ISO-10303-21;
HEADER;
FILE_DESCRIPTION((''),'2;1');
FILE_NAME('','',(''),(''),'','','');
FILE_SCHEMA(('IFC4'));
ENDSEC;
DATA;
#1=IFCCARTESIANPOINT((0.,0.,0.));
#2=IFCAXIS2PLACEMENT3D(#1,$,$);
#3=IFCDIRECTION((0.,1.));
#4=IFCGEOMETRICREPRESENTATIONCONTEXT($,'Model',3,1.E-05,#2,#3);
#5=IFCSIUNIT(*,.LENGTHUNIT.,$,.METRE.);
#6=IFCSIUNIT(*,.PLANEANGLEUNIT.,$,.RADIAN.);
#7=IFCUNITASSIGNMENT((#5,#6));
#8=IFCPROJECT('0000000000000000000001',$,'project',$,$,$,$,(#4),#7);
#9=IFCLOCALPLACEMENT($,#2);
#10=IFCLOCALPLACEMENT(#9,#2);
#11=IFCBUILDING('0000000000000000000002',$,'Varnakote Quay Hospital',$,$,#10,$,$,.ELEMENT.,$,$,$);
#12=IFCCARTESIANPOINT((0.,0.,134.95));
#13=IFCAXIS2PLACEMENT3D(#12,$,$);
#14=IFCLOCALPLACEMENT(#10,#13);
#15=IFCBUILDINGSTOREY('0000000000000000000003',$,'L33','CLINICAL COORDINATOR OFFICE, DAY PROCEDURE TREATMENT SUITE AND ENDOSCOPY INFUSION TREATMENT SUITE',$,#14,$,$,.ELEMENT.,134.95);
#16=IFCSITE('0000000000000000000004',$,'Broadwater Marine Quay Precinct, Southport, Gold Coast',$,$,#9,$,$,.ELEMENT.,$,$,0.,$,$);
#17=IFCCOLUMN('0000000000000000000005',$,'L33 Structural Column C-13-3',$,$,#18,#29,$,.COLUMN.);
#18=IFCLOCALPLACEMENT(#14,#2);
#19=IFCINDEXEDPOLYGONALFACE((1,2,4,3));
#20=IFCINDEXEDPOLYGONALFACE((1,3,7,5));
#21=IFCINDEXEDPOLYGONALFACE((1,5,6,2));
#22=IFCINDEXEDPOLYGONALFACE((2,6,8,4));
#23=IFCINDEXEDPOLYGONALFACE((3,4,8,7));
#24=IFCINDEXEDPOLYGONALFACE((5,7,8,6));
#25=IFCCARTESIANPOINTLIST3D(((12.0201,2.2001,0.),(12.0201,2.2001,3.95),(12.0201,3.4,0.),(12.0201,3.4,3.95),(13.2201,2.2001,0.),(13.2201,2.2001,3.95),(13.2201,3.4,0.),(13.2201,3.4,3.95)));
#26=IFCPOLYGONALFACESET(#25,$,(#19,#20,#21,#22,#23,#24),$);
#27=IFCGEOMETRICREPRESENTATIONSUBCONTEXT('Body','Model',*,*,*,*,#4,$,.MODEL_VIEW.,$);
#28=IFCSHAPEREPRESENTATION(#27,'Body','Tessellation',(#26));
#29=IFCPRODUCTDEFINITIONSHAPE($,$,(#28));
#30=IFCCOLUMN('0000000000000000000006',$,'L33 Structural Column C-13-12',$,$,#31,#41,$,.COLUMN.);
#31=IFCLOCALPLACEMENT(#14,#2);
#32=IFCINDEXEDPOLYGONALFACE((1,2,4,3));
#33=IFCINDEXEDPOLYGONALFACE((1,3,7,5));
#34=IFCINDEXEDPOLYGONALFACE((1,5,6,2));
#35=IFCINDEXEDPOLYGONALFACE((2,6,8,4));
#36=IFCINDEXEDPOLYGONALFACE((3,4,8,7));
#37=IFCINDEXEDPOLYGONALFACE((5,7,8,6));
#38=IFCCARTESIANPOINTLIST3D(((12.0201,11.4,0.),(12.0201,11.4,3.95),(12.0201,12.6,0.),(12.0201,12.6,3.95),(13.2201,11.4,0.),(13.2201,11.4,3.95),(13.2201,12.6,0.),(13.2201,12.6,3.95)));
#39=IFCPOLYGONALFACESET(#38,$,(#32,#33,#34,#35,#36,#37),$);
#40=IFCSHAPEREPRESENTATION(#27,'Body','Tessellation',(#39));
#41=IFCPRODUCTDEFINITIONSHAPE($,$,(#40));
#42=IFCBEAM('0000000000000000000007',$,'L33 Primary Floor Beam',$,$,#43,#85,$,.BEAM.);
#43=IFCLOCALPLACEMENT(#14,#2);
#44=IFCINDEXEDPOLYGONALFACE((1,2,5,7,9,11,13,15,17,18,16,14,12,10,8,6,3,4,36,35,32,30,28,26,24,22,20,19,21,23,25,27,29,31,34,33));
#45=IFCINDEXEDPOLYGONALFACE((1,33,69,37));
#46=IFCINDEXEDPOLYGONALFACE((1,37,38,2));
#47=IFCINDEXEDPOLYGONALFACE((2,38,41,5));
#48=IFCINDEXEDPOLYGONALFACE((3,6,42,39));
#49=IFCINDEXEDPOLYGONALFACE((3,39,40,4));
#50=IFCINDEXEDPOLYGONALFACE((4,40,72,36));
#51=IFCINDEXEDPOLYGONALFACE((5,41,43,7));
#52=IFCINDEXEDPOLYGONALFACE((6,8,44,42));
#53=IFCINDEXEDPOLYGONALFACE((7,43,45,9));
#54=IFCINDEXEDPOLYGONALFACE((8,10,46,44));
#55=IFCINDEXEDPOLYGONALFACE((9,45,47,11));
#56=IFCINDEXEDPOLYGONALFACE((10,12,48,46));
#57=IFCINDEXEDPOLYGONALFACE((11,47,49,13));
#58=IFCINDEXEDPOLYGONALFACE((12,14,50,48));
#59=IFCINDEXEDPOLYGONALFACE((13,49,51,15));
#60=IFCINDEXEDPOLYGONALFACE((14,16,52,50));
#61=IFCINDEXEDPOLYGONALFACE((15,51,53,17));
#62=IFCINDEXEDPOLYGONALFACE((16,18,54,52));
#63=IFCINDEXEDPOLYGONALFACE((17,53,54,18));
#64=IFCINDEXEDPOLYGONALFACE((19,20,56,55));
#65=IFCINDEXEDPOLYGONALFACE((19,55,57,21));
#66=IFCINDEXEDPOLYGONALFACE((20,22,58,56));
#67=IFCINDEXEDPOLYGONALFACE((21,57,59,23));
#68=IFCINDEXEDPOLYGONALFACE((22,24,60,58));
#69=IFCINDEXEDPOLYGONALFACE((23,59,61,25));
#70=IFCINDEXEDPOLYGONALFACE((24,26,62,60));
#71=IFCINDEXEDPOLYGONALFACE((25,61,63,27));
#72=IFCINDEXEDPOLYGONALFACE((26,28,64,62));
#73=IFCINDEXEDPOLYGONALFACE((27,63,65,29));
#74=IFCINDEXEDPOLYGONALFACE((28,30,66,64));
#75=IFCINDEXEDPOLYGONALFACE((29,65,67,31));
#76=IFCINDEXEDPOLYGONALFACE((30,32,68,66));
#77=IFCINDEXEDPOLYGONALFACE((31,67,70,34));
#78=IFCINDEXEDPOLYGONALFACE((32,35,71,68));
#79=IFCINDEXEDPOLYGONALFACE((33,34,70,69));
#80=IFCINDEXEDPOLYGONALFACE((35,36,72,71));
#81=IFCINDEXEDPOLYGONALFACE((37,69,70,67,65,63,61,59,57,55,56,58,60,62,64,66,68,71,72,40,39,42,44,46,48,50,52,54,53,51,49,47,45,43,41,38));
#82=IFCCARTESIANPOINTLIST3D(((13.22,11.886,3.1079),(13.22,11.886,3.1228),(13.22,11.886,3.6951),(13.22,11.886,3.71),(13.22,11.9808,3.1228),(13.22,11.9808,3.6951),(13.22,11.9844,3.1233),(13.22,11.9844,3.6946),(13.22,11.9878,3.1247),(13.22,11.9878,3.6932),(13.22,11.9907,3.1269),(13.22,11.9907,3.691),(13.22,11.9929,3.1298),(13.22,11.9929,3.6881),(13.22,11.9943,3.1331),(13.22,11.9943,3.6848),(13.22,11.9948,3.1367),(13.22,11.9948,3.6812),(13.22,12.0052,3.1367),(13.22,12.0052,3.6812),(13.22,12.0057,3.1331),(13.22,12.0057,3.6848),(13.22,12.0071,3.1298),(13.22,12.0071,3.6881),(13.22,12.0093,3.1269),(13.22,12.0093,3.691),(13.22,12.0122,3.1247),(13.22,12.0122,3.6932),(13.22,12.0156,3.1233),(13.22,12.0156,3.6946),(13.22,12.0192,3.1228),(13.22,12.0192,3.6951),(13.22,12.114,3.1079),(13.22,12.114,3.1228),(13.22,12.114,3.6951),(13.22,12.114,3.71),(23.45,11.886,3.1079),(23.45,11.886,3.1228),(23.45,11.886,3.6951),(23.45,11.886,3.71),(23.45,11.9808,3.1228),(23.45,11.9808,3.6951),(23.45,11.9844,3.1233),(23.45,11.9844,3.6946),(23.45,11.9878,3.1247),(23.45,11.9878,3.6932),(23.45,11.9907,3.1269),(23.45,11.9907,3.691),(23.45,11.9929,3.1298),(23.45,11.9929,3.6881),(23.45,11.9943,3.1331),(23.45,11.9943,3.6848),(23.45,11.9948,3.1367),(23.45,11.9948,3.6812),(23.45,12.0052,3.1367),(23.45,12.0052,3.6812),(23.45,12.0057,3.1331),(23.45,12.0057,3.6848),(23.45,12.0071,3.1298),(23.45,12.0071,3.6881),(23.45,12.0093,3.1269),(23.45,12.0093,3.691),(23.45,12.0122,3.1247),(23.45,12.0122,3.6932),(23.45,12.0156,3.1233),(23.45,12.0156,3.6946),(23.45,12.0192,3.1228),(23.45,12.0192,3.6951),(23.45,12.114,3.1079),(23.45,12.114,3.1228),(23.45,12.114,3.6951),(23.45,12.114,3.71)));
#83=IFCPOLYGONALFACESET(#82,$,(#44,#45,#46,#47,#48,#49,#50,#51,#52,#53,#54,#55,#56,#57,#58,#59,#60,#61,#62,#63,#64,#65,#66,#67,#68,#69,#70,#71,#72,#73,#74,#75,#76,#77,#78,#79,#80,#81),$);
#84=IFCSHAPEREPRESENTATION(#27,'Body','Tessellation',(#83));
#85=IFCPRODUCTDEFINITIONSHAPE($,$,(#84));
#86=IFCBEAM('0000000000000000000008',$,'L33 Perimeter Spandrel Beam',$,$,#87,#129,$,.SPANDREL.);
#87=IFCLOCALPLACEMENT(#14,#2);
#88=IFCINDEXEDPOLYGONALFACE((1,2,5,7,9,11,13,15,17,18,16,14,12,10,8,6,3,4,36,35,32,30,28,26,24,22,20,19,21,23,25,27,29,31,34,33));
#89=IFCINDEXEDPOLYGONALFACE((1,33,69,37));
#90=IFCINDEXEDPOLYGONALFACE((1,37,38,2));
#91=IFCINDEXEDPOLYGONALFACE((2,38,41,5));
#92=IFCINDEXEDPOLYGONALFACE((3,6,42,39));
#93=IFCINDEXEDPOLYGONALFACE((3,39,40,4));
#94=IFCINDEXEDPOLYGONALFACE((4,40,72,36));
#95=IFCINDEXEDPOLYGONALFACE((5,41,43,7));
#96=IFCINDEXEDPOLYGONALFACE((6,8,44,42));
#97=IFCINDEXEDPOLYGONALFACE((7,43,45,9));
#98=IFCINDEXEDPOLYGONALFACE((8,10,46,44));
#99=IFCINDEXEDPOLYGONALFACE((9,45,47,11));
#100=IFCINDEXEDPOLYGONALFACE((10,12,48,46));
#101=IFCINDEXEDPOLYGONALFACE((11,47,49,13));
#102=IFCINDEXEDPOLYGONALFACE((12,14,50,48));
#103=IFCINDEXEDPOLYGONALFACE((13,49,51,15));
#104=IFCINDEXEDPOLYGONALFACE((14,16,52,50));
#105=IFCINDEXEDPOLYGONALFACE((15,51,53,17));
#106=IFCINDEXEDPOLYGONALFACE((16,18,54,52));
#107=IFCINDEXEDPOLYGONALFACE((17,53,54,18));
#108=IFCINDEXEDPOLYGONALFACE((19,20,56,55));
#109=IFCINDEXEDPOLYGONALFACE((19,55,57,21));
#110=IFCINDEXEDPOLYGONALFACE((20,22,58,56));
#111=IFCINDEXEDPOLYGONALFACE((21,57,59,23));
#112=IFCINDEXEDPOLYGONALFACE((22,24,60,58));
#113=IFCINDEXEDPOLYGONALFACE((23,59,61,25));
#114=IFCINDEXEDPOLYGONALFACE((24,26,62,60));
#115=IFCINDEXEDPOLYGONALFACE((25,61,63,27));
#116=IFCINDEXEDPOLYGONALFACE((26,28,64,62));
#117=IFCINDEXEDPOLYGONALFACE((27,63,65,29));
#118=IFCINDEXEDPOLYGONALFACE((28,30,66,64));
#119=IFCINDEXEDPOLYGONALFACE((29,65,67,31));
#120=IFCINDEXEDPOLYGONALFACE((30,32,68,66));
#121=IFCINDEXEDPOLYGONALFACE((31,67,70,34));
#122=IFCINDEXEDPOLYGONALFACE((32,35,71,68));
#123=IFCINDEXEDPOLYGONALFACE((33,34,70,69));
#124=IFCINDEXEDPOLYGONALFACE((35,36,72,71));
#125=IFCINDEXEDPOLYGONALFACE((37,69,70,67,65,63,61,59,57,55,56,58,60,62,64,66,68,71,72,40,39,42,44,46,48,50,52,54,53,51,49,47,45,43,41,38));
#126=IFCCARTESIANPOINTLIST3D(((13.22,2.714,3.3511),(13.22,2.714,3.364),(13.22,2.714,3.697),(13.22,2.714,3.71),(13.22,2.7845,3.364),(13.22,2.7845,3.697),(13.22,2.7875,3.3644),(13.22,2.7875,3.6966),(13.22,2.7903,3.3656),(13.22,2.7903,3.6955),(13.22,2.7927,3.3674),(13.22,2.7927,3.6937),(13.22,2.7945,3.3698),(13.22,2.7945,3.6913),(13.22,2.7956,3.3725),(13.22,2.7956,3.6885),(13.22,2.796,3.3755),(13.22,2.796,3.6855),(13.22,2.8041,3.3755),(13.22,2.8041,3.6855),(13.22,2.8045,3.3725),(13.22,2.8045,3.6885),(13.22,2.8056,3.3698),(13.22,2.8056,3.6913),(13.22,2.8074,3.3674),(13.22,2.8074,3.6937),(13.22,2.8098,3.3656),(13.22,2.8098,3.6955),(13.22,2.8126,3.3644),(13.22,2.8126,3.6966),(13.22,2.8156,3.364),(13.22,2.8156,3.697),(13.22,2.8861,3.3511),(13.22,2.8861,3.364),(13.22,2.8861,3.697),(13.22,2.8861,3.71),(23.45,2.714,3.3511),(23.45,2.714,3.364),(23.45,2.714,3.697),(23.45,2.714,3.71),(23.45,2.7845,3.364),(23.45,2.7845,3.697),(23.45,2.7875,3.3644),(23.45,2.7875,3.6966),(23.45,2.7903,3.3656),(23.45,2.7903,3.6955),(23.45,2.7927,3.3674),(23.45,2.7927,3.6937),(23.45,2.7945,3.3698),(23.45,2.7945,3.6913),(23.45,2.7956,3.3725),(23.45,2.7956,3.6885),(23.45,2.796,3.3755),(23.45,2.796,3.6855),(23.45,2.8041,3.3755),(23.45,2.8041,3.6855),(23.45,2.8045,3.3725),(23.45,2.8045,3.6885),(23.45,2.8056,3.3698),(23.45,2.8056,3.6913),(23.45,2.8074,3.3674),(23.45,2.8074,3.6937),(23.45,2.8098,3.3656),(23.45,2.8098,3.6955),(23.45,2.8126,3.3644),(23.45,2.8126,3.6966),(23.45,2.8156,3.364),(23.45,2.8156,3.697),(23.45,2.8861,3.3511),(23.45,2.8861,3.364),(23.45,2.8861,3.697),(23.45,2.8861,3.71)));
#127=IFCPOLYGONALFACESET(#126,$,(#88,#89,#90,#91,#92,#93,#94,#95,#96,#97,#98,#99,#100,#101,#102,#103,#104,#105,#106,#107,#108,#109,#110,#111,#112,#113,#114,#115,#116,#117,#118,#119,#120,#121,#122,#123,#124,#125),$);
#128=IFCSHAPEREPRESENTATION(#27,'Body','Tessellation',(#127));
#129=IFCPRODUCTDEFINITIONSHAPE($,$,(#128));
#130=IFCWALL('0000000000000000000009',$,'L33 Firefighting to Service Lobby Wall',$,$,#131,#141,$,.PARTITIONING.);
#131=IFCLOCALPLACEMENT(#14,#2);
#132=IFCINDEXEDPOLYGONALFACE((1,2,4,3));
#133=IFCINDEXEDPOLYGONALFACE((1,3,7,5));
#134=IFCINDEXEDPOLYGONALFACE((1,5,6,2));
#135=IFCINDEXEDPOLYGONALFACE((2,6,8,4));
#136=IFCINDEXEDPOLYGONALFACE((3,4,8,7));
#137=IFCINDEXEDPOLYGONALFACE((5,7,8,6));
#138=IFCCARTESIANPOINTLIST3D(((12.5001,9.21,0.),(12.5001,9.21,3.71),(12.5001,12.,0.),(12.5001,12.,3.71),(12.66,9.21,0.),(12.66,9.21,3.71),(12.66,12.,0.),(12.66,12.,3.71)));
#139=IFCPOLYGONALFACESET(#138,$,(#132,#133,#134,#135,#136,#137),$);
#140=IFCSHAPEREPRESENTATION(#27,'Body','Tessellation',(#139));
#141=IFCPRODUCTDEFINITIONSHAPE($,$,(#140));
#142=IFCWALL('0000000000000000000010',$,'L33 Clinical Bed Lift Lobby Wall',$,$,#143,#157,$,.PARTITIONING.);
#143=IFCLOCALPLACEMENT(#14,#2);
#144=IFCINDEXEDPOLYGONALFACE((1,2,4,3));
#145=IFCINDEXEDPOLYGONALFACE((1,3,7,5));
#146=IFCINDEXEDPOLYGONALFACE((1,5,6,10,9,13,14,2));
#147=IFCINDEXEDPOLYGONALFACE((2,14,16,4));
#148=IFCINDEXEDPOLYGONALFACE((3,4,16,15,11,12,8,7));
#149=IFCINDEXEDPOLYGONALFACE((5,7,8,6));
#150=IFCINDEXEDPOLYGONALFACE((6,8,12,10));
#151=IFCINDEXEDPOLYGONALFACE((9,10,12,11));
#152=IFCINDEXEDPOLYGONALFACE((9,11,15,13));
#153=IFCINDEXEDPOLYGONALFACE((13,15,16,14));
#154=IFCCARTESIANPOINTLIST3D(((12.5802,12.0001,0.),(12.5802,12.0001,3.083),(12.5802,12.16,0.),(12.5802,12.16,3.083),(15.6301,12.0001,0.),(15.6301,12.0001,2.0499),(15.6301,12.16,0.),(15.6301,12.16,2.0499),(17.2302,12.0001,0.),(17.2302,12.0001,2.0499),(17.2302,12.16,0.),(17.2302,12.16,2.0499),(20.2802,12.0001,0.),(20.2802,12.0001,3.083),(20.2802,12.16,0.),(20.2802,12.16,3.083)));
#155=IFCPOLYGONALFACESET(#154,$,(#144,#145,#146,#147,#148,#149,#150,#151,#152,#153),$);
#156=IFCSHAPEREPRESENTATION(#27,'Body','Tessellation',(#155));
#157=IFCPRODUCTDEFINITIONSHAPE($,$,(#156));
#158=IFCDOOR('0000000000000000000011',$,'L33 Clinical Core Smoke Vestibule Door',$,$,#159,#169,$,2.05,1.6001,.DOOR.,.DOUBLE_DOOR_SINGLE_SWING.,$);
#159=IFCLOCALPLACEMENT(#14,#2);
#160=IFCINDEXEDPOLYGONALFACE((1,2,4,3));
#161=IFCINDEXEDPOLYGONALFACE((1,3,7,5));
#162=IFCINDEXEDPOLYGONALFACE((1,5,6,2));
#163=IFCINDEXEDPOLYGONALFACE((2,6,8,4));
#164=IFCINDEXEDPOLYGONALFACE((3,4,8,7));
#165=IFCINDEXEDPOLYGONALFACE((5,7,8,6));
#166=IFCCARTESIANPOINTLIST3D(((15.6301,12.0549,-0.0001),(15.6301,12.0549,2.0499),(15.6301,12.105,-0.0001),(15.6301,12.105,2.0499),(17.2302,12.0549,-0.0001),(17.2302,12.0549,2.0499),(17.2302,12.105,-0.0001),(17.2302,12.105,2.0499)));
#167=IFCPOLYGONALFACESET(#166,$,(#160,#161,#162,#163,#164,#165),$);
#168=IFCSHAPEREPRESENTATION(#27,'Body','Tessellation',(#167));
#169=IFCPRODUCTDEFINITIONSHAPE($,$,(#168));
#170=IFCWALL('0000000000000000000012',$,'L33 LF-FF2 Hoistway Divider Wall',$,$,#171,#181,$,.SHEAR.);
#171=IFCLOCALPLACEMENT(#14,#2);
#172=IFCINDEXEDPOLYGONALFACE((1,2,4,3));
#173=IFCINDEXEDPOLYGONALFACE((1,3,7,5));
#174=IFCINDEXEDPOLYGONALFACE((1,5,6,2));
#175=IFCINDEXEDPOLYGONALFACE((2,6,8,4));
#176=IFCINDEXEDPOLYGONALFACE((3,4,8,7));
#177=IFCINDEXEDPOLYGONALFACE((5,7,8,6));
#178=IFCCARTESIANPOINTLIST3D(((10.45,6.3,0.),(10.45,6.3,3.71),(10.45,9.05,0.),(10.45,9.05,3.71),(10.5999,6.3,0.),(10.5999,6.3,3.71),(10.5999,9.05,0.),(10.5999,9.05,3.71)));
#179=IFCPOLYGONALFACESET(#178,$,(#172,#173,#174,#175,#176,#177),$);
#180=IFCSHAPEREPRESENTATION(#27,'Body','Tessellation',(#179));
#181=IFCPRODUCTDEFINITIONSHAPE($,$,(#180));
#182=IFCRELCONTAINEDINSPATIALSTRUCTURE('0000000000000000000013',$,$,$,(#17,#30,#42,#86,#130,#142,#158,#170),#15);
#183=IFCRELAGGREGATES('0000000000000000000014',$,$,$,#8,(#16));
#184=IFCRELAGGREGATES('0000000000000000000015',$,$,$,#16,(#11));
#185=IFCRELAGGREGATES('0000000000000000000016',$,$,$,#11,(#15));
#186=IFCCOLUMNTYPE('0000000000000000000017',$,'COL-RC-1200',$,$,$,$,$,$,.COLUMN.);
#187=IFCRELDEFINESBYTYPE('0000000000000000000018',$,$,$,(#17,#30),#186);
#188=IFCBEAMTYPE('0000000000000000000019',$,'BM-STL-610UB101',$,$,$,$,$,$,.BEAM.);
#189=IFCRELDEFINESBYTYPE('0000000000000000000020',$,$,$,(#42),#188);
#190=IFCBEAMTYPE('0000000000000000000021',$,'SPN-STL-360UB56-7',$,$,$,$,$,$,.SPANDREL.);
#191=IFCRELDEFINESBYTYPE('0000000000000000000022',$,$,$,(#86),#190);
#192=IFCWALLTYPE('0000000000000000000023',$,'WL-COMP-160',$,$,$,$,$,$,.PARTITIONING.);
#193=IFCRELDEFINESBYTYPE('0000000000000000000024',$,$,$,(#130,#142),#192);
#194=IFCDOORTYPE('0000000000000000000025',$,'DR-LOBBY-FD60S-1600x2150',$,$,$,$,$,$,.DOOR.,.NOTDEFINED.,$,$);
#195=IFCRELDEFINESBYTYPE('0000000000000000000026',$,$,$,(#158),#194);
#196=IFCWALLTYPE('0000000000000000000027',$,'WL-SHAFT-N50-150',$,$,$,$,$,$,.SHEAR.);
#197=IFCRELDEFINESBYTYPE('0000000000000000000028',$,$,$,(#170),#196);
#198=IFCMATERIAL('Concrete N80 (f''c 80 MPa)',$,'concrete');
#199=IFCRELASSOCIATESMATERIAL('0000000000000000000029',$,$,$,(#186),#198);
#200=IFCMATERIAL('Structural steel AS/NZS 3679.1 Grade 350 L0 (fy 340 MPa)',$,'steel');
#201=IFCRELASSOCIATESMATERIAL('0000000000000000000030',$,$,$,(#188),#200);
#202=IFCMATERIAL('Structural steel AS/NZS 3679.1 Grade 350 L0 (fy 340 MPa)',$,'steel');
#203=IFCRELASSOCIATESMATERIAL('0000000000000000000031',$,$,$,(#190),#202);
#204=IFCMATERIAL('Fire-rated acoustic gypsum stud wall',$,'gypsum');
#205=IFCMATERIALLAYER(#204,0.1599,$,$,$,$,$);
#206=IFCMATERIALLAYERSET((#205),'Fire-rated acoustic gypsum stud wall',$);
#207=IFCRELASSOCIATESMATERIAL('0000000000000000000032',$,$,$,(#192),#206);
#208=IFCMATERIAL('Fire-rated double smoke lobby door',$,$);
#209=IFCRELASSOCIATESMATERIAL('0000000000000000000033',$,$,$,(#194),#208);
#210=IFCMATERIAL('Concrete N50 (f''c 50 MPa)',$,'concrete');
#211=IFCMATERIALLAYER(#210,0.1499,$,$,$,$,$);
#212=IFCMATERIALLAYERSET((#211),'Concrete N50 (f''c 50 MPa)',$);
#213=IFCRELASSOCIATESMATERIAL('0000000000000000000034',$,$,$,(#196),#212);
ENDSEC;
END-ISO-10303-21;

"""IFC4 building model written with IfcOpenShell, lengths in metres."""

from ifc_helpers import new_model, si_unit, direction, frame, frame_2d, origin, origin_2d, place, context, subcontext, project, spatial, rectangle, i_section, extrude, material, layer, layer_set, material_profile, profile_set, type_object, element, fill, save


model = new_model("IFC4")

# Units and contexts
model_context = context("Model", 3, precision=1e-05, world=origin(), true_north=direction((0.0, 1.0)))
body_context = subcontext(model_context, "Body", "Model", "MODEL_VIEW")
ifc_project = project(units=[si_unit("LENGTHUNIT", "METRE"), si_unit("PLANEANGLEUNIT", "RADIAN")], contexts=[model_context])

# Site, building, storey
site_placement = place(None, origin())
site = spatial("IfcSite", under=ifc_project, at=site_placement, Name="Broadwater Marine Quay Precinct, Southport, Gold Coast", CompositionType="ELEMENT", RefElevation=0.0)
building_placement = place(site_placement, origin())
building = spatial("IfcBuilding", under=site, at=building_placement, Name="Varnakote Quay Hospital", CompositionType="ELEMENT")
storey_placement = place(building_placement, frame((0.0, 0.0, 134.95)))
storey = spatial("IfcBuildingStorey", under=building, at=storey_placement, Name="L33", Description="CLINICAL COORDINATOR OFFICE, DAY PROCEDURE TREATMENT SUITE AND ENDOSCOPY INFUSION TREATMENT SUITE", CompositionType="ELEMENT", Elevation=134.95)

# Columns
ifc_material_1 = material(Name="Concrete N80 (f'c 80 MPa)", Category="concrete")
ifc_material_profile_1 = material_profile(ifc_material_1, rectangle(XDim=1.2, YDim=1.2, at=origin_2d()), Name="RC-COL-1200x1200")
ifc_profile_set_1 = profile_set([ifc_material_profile_1], Name="Concrete N80 (f'c 80 MPa)")
column_type = type_object("IfcColumnType", Name="COL-RC-1200", PredefinedType="COLUMN", material=ifc_profile_set_1)
for number, where, z_axis, x_axis, name in (
    (1, (12.6201, 2.8, 0.0), (0.0, 0.0, 1.0), (1.0, 0.0, 0.0), "L33 Structural Column C-13-3"),
    (2, (12.6201, 12.0, 0.0), (0.0, 0.0, 1.0), (1.0, 0.0, 0.0), "L33 Structural Column C-13-12"),
):
    element("IfcColumn", number, at=place(storey_placement, frame(where, z_axis=z_axis, x_axis=x_axis)), inside=storey, type_object=column_type, Name=name, PredefinedType="COLUMN", context=body_context, shape_type="SweptSolid", body=[
        extrude(rectangle(XDim=1.2, YDim=1.2, at=origin_2d()), origin(), (0.0, 0.0, 1.0), 3.95),
    ])

# Beams
ifc_material_2 = material(Name="Structural steel AS/NZS 3679.1 Grade 350 L0 (fy 340 MPa)", Category="steel")
ifc_material_profile_2 = material_profile(ifc_material_2, i_section(OverallWidth=0.228, OverallDepth=0.6021, WebThickness=0.0105, FlangeThickness=0.0149, FilletRadius=0.0139, at=origin_2d()), Name="610UB101")
ifc_profile_set_2 = profile_set([ifc_material_profile_2], Name="Structural steel AS/NZS 3679.1 Grade 350 L0 (fy 340 MPa)")
beam_type_1 = type_object("IfcBeamType", Name="BM-STL-610UB101", PredefinedType="BEAM", material=ifc_profile_set_2)
beam_1_placement = place(storey_placement, frame((13.22, 12.0, 3.4089), z_axis=(1.0, 0.0, 0.0), x_axis=(0.0, 1.0, 0.0)))
element("IfcBeam", 3, at=beam_1_placement, inside=storey, type_object=beam_type_1, Name="L33 Primary Floor Beam", PredefinedType="BEAM", context=body_context, shape_type="SweptSolid", body=[
    extrude(i_section(OverallWidth=0.228, OverallDepth=0.6021, WebThickness=0.0105, FlangeThickness=0.0149, FilletRadius=0.0139, at=origin_2d()), origin(), (0.0, 0.0, 1.0), 10.23),
])
ifc_material_3 = material(Name="Structural steel AS/NZS 3679.1 Grade 350 L0 (fy 340 MPa)", Category="steel")
ifc_material_profile_3 = material_profile(ifc_material_3, i_section(OverallWidth=0.1721, OverallDepth=0.3589, WebThickness=0.0081, FlangeThickness=0.0129, FilletRadius=0.0115, at=origin_2d()), Name="360UB56.7")
ifc_profile_set_3 = profile_set([ifc_material_profile_3], Name="Structural steel AS/NZS 3679.1 Grade 350 L0 (fy 340 MPa)")
beam_type_2 = type_object("IfcBeamType", Name="SPN-STL-360UB56-7", PredefinedType="SPANDREL", material=ifc_profile_set_3)
beam_2_placement = place(storey_placement, frame((13.22, 2.8, 3.5305), z_axis=(1.0, 0.0, 0.0), x_axis=(0.0, 1.0, 0.0)))
element("IfcBeam", 4, at=beam_2_placement, inside=storey, type_object=beam_type_2, Name="L33 Perimeter Spandrel Beam", PredefinedType="SPANDREL", context=body_context, shape_type="SweptSolid", body=[
    extrude(i_section(OverallWidth=0.1721, OverallDepth=0.3589, WebThickness=0.0081, FlangeThickness=0.0129, FilletRadius=0.0115, at=origin_2d()), origin(), (0.0, 0.0, 1.0), 10.23),
])

# Wall
ifc_material_4 = material(Name="Fire-rated acoustic gypsum stud wall", Category="gypsum")
ifc_layer_1 = layer(ifc_material_4, 0.1599)
ifc_layer_set_1 = layer_set([ifc_layer_1], Name="Fire-rated acoustic gypsum stud wall")
wall_type_1 = type_object("IfcWallType", Name="WL-COMP-160", PredefinedType="PARTITIONING", material=ifc_layer_set_1)
wall_1_placement = place(storey_placement, frame((12.5801, 9.21, 0.0), z_axis=(0.0, 0.0, 1.0), x_axis=(0.0, 1.0, 0.0)))
element("IfcWall", 5, at=wall_1_placement, inside=storey, type_object=wall_type_1, Name="L33 Firefighting to Service Lobby Wall", PredefinedType="PARTITIONING", context=body_context, shape_type="SweptSolid", body=[
    extrude(rectangle(XDim=2.79, YDim=0.1599, at=frame_2d((1.395, 0.0))), origin(), (0.0, 0.0, 1.0), 3.71),
])

# Wall, opening, door
wall_2_placement = place(storey_placement, frame((12.5801, 12.0801, 0.0), z_axis=(0.0, 0.0, 1.0), x_axis=(1.0, 0.0, 0.0)))
wall_2 = element("IfcWall", 6, at=wall_2_placement, inside=storey, type_object=wall_type_1, Name="L33 Clinical Bed Lift Lobby Wall", PredefinedType="PARTITIONING", context=body_context, shape_type="SweptSolid", body=[
    extrude(rectangle(XDim=7.7, YDim=0.1599, at=frame_2d((3.8501, 0.0))), origin(), (0.0, 0.0, 1.0), 3.083),
])
opening_1_placement = place(wall_2_placement, frame((3.05, 0.0, 0.0)))
opening_1 = element("IfcOpeningElement", 7, at=opening_1_placement, cuts=wall_2, PredefinedType="OPENING", context=body_context, shape_type="SweptSolid", body=[
    extrude(rectangle(XDim=1.6001, YDim=2.05, at=frame_2d((0.8, 1.0249))), frame((0.0, 0.0898, 0.0), z_axis=(0.0, -1.0, 0.0), x_axis=(1.0, 0.0, 0.0)), (0.0, 0.0, 1.0), 0.1799),
])
ifc_material_5 = material(Name="Fire-rated double smoke lobby door")
door_type_1 = type_object("IfcDoorType", Name="DR-LOBBY-FD60S-1600x2150", OperationType="NOTDEFINED", PredefinedType="DOOR", material=ifc_material_5)
door_1_placement = place(opening_1_placement, origin())
door_1 = element("IfcDoor", 8, at=door_1_placement, inside=storey, type_object=door_type_1, Name="L33 Clinical Core Smoke Vestibule Door", OperationType="DOUBLE_DOOR_SINGLE_SWING", OverallHeight=2.05, OverallWidth=1.6001, PredefinedType="DOOR", context=body_context, shape_type="SweptSolid", body=[
    extrude(rectangle(XDim=1.6001, YDim=2.05, at=frame_2d((0.8, 1.0249))), frame((0.0, 0.0249, 0.0), z_axis=(0.0, -1.0, 0.0), x_axis=(1.0, 0.0, 0.0)), (0.0, 0.0, 1.0), 0.05),
])
fill(opening_1, door_1)

# Wall
ifc_material_6 = material(Name="Concrete N50 (f'c 50 MPa)", Category="concrete")
ifc_layer_2 = layer(ifc_material_6, 0.1499)
ifc_layer_set_2 = layer_set([ifc_layer_2], Name="Concrete N50 (f'c 50 MPa)")
wall_type_2 = type_object("IfcWallType", Name="WL-SHAFT-N50-150", PredefinedType="SHEAR", material=ifc_layer_set_2)
for number, where, z_axis, x_axis, name in (
    (9, (10.5249, 6.3, 0.0), (0.0, 0.0, 1.0), (0.0, 1.0, 0.0), "L33 LF-FF2 Hoistway Divider Wall"),
):
    element("IfcWall", number, at=place(storey_placement, frame(where, z_axis=z_axis, x_axis=x_axis)), inside=storey, type_object=wall_type_2, Name=name, PredefinedType="SHEAR", context=body_context, shape_type="SweptSolid", body=[
        extrude(rectangle(XDim=2.75, YDim=0.1499, at=frame_2d((1.375, 0.0))), origin(), (0.0, 0.0, 1.0), 3.71),
    ])

save(model, "model.ifc")
